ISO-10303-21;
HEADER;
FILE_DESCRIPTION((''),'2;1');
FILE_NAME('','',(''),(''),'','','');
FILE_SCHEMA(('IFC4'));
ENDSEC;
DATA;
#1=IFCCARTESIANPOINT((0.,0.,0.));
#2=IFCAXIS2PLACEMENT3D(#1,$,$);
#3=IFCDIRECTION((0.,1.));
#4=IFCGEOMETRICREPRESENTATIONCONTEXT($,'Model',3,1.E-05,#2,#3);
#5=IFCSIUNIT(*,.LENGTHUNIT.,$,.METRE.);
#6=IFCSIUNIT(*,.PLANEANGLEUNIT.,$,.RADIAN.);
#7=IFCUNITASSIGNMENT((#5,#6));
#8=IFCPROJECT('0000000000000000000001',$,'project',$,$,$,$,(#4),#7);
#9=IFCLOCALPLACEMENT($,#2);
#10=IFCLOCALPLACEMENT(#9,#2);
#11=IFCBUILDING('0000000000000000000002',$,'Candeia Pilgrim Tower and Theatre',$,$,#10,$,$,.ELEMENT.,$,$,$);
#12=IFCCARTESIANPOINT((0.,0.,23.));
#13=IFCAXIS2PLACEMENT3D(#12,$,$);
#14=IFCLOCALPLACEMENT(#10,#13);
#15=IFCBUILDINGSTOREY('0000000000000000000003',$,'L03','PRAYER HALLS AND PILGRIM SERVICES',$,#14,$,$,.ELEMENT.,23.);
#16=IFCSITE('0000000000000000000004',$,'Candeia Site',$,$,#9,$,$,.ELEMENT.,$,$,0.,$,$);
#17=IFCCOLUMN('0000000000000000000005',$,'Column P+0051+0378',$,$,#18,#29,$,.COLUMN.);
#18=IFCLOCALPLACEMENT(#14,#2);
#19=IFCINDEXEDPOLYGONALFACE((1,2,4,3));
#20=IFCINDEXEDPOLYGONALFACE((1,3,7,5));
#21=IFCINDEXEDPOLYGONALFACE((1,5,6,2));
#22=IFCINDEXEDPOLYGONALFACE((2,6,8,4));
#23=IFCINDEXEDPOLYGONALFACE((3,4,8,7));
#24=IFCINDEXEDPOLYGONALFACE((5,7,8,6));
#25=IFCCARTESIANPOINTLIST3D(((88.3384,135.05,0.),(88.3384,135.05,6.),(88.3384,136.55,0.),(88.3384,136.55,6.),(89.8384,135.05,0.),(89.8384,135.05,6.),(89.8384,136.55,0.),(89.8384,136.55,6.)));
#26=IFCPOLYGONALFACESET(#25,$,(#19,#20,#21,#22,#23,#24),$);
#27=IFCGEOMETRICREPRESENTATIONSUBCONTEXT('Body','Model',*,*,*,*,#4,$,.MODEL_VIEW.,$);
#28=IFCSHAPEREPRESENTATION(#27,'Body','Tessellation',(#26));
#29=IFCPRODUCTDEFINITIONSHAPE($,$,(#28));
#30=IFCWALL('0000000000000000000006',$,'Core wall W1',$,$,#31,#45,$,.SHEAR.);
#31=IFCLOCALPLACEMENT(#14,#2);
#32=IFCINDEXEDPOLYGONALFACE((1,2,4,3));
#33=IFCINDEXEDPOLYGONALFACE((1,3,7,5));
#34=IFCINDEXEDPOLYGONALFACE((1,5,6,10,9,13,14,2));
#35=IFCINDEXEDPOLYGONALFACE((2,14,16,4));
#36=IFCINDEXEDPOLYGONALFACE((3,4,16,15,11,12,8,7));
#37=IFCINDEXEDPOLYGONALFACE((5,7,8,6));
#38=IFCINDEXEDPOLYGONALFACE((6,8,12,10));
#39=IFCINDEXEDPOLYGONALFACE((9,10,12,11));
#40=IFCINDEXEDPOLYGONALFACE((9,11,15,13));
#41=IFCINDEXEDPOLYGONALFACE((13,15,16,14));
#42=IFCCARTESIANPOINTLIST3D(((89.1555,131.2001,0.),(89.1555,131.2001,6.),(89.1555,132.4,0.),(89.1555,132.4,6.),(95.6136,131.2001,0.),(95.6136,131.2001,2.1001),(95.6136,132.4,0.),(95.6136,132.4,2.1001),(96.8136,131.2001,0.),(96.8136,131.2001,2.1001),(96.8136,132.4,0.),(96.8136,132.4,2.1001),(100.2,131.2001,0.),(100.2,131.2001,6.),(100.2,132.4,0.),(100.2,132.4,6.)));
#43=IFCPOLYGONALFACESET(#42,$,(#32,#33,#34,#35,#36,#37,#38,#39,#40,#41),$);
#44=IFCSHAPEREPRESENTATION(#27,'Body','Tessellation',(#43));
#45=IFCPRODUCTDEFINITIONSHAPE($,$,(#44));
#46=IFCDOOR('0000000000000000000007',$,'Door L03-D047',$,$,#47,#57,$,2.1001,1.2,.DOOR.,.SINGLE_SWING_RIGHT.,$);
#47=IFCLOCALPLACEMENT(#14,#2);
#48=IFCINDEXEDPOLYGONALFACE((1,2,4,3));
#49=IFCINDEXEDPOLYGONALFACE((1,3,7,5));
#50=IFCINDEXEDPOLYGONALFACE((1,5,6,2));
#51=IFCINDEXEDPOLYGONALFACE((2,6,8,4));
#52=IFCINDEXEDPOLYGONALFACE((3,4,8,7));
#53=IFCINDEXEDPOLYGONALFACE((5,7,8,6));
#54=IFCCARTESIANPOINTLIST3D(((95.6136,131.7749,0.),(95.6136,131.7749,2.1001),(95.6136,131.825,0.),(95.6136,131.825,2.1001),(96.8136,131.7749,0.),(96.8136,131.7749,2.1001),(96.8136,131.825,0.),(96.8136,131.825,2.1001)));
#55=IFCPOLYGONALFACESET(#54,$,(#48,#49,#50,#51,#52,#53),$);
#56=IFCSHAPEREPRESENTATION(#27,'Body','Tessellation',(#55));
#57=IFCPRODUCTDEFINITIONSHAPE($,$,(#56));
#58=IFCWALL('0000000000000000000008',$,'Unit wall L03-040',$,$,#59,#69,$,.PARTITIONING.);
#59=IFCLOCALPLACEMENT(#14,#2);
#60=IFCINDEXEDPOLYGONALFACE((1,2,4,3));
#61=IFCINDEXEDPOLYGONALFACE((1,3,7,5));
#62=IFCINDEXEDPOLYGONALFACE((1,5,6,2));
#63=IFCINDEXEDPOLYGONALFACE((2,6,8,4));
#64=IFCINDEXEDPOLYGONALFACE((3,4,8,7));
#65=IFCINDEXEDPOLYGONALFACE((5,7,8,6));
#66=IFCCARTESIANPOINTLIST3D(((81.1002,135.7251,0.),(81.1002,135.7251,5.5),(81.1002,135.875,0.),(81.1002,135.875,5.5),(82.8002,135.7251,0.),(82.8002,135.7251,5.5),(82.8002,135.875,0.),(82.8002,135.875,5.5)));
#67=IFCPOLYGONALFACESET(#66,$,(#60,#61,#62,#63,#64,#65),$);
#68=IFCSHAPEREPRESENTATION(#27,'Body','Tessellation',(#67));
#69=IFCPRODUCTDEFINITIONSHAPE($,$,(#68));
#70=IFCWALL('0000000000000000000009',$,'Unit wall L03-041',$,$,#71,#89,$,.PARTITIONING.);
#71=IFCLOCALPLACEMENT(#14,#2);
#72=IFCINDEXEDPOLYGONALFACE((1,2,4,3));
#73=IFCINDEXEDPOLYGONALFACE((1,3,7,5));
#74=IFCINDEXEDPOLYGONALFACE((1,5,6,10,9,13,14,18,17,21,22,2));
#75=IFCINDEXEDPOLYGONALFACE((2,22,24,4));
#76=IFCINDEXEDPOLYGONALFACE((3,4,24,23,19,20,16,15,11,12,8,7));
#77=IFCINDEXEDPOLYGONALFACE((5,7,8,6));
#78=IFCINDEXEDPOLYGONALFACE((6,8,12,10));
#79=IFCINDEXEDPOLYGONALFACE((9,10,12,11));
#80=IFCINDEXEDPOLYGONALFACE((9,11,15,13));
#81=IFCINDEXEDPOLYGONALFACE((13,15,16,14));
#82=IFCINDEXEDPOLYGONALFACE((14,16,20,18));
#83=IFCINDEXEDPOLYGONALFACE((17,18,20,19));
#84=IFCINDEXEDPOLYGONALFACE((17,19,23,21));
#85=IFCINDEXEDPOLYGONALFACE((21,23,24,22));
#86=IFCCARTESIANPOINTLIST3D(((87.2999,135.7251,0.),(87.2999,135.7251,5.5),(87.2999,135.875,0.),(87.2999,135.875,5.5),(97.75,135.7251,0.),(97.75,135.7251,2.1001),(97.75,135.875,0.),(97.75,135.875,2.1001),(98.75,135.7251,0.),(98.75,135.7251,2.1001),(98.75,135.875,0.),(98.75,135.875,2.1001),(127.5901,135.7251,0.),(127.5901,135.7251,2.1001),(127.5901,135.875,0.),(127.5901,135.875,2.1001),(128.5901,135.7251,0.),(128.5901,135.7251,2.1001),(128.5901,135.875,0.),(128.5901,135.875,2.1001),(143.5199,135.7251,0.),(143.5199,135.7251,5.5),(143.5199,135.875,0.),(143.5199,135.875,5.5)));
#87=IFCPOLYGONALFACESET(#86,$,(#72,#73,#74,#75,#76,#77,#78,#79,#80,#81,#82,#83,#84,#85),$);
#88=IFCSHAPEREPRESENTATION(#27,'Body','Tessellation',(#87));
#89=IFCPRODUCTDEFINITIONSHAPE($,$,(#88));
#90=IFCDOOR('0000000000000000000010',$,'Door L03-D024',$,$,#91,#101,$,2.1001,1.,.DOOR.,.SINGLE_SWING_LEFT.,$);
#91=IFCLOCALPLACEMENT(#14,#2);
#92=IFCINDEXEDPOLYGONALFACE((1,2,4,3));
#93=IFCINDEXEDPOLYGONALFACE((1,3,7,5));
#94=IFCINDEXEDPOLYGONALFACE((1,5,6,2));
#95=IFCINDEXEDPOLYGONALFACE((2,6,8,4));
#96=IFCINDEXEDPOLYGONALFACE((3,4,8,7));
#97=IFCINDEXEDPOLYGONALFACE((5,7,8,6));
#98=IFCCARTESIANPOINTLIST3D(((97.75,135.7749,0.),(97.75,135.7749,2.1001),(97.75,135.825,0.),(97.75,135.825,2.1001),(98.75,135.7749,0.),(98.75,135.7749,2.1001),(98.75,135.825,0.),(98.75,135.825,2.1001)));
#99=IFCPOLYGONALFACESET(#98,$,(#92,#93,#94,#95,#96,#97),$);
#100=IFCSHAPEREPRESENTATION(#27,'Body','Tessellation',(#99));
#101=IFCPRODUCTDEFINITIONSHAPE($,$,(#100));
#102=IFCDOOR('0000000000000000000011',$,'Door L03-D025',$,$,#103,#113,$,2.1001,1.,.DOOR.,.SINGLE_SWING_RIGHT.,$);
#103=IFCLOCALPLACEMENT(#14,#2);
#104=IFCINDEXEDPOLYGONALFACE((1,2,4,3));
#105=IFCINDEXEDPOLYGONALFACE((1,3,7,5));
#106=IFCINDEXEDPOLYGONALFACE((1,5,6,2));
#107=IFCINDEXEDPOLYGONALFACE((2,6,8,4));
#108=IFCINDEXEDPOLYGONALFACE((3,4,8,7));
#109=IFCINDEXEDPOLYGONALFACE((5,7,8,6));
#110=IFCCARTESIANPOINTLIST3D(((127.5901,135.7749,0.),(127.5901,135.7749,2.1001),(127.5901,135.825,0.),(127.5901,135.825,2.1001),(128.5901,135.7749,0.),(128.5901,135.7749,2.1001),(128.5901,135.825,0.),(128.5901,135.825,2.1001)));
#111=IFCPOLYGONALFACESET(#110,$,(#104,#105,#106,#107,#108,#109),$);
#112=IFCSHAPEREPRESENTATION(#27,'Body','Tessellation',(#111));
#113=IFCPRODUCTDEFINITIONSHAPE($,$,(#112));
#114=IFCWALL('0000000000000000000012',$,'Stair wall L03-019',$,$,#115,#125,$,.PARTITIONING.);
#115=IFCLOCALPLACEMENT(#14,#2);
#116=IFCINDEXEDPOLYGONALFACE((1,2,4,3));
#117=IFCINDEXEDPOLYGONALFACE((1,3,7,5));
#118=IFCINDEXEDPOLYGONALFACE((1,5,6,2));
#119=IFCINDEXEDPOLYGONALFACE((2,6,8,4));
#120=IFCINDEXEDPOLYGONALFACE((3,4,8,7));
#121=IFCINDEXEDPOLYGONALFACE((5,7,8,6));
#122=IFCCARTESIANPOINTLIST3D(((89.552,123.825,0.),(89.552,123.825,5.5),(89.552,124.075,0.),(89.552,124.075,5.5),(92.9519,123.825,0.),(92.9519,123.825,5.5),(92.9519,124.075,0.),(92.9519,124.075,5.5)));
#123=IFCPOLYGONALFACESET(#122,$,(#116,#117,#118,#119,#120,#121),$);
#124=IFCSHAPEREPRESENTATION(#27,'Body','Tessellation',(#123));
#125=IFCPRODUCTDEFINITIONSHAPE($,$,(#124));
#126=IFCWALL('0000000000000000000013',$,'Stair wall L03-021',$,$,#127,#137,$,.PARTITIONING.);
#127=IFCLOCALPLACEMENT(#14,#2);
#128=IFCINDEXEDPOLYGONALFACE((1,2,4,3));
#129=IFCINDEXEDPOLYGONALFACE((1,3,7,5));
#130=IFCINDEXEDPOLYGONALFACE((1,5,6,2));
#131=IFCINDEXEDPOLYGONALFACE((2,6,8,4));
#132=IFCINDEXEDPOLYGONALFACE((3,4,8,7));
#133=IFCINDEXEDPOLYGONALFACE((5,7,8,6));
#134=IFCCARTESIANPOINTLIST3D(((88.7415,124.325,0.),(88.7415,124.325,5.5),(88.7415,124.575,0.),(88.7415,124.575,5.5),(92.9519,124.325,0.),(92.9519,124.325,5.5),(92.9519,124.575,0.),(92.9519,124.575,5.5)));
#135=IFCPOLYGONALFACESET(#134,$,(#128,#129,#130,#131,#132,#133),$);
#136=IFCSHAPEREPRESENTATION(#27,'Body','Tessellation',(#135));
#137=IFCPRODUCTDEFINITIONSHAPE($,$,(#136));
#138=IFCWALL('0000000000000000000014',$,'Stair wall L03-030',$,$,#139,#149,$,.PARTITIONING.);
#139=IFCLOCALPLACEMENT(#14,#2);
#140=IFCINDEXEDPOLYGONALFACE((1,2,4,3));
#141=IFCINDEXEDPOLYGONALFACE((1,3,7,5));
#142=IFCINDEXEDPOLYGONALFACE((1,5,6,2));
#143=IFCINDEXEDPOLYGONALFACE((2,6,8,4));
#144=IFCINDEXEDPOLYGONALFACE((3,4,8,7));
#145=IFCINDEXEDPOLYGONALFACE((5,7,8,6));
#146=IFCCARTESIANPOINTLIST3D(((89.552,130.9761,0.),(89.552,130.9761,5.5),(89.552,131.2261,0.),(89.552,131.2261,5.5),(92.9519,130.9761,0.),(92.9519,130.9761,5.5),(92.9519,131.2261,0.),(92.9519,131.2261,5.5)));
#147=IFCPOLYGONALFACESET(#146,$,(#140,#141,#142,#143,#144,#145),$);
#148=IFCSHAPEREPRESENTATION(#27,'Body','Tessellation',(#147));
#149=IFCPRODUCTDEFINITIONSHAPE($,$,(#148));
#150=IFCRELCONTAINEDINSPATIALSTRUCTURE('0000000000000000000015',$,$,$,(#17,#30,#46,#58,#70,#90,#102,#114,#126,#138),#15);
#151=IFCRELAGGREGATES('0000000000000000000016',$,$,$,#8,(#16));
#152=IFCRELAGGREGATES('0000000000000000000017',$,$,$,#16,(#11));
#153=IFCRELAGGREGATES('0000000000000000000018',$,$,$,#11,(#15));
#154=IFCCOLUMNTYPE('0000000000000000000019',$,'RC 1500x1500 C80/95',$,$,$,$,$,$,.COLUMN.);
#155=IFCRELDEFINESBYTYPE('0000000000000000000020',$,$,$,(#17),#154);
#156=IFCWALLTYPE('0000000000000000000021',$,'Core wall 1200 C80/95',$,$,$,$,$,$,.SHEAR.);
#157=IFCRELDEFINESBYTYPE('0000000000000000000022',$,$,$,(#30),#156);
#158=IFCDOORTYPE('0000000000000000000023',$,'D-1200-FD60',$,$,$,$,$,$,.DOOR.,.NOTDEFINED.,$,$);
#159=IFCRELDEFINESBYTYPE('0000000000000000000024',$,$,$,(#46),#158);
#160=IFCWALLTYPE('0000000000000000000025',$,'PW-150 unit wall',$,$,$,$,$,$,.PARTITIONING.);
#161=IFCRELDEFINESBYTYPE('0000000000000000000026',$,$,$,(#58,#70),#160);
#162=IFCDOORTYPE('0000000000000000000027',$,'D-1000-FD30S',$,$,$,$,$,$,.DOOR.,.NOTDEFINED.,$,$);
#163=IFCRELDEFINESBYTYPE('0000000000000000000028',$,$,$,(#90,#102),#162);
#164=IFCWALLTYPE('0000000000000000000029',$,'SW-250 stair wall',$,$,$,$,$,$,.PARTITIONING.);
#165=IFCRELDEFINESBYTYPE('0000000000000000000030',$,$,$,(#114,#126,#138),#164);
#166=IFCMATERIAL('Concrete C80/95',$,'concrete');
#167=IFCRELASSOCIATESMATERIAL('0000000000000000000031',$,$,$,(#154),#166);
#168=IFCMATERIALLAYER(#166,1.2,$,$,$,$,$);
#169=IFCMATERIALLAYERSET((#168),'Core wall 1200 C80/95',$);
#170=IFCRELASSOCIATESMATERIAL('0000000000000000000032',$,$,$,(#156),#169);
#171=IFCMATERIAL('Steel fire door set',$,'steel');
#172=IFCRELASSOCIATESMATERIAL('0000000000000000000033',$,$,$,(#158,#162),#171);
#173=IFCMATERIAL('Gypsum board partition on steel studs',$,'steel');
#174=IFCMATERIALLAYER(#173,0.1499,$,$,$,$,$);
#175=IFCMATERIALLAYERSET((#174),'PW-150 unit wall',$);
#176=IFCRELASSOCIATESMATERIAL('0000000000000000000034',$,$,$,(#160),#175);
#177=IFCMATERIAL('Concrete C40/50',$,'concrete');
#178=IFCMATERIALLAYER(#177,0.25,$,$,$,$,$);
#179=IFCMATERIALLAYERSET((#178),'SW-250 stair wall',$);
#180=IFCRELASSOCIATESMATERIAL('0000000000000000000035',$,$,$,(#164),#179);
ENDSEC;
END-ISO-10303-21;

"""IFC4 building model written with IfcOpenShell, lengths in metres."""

from ifc_helpers import new_model, si_unit, direction, frame, frame_2d, origin, origin_2d, place, context, subcontext, project, spatial, rectangle, extrude, material, layer, layer_set, material_profile, profile_set, type_object, element, fill, save


model = new_model("IFC4")

# Units and contexts
model_context = context("Model", 3, precision=1e-05, world=origin(), true_north=direction((0.0, 1.0)))
body_context = subcontext(model_context, "Body", "Model", "MODEL_VIEW")
ifc_project = project(units=[si_unit("LENGTHUNIT", "METRE"), si_unit("PLANEANGLEUNIT", "RADIAN")], contexts=[model_context])

# Site, building, storey
site_placement = place(None, origin())
site = spatial("IfcSite", under=ifc_project, at=site_placement, Name="Candeia Site", CompositionType="ELEMENT", RefElevation=0.0)
building_placement = place(site_placement, origin())
building = spatial("IfcBuilding", under=site, at=building_placement, Name="Candeia Pilgrim Tower and Theatre", CompositionType="ELEMENT")
storey_placement = place(building_placement, frame((0.0, 0.0, 23.0)))
storey = spatial("IfcBuildingStorey", under=building, at=storey_placement, Name="L03", Description="PRAYER HALLS AND PILGRIM SERVICES", CompositionType="ELEMENT", Elevation=23.0)

# Column
ifc_material_1 = material(Name="Concrete C80/95", Category="concrete")
ifc_material_profile = material_profile(ifc_material_1, rectangle(XDim=1.5, YDim=1.5, at=origin_2d()))
ifc_profile_set = profile_set([ifc_material_profile], Name="Concrete C80/95")
column_type = type_object("IfcColumnType", Name="RC 1500x1500 C80/95", PredefinedType="COLUMN", material=ifc_profile_set)
column_placement = place(storey_placement, frame((89.0884, 135.8, 0.0), z_axis=(0.0, 0.0, 1.0), x_axis=(1.0, 0.0, 0.0)))
element("IfcColumn", 1, at=column_placement, inside=storey, type_object=column_type, Name="Column P+0051+0378", PredefinedType="COLUMN", context=body_context, shape_type="SweptSolid", body=[
    extrude(rectangle(XDim=1.5, YDim=1.5, at=origin_2d()), origin(), (0.0, 0.0, 1.0), 6.0),
])

# Wall, opening, door
ifc_layer_1 = layer(ifc_material_1, 1.2)
ifc_layer_set_1 = layer_set([ifc_layer_1], Name="Core wall 1200 C80/95")
wall_type_1 = type_object("IfcWallType", Name="Core wall 1200 C80/95", PredefinedType="SHEAR", material=ifc_layer_set_1)
wall_1_placement = place(storey_placement, frame((89.1555, 131.8, 0.0), z_axis=(0.0, 0.0, 1.0), x_axis=(1.0, 0.0, 0.0)))
wall_1 = element("IfcWall", 2, at=wall_1_placement, inside=storey, type_object=wall_type_1, Name="Core wall W1", PredefinedType="SHEAR", context=body_context, shape_type="SweptSolid", body=[
    extrude(rectangle(XDim=11.0444, YDim=1.2, at=frame_2d((5.5222, 0.0))), origin(), (0.0, 0.0, 1.0), 6.0),
])
opening_1_placement = place(wall_1_placement, frame((6.458, 0.0, 0.0)))
opening_1 = element("IfcOpeningElement", 3, at=opening_1_placement, cuts=wall_1, PredefinedType="OPENING", context=body_context, shape_type="SweptSolid", body=[
    extrude(rectangle(XDim=1.2, YDim=2.1001, at=frame_2d((0.6001, 1.05))), frame((0.0, 0.6099, 0.0), z_axis=(0.0, -1.0, 0.0), x_axis=(1.0, 0.0, 0.0)), (0.0, 0.0, 1.0), 1.22),
])
ifc_material_2 = material(Name="Steel fire door set", Category="steel")
door_type_1 = type_object("IfcDoorType", Name="D-1200-FD60", OperationType="NOTDEFINED", PredefinedType="DOOR", material=ifc_material_2)
door_1_placement = place(opening_1_placement, origin())
door_1 = element("IfcDoor", 4, at=door_1_placement, inside=storey, type_object=door_type_1, Name="Door L03-D047", OperationType="SINGLE_SWING_RIGHT", OverallHeight=2.1001, OverallWidth=1.2, PredefinedType="DOOR", context=body_context, shape_type="SweptSolid", body=[
    extrude(rectangle(XDim=1.2, YDim=2.1001, at=frame_2d((0.6001, 1.05))), frame((0.0, 0.0249, 0.0), z_axis=(0.0, -1.0, 0.0), x_axis=(1.0, 0.0, 0.0)), (0.0, 0.0, 1.0), 0.05),
])
fill(opening_1, door_1)

# Wall
ifc_material_3 = material(Name="Gypsum board partition on steel studs", Category="steel")
ifc_layer_2 = layer(ifc_material_3, 0.1499)
ifc_layer_set_2 = layer_set([ifc_layer_2], Name="PW-150 unit wall")
wall_type_2 = type_object("IfcWallType", Name="PW-150 unit wall", PredefinedType="PARTITIONING", material=ifc_layer_set_2)
wall_2_placement = place(storey_placement, frame((81.1001, 135.8, 0.0), z_axis=(0.0, 0.0, 1.0), x_axis=(1.0, 0.0, 0.0)))
element("IfcWall", 5, at=wall_2_placement, inside=storey, type_object=wall_type_2, Name="Unit wall L03-040", PredefinedType="PARTITIONING", context=body_context, shape_type="SweptSolid", body=[
    extrude(rectangle(XDim=1.7, YDim=0.1499, at=frame_2d((0.8501, 0.0))), origin(), (0.0, 0.0, 1.0), 5.5),
])

# Wall, openings, doors
wall_3_placement = place(storey_placement, frame((87.3, 135.8, 0.0), z_axis=(0.0, 0.0, 1.0), x_axis=(1.0, 0.0, 0.0)))
wall_3 = element("IfcWall", 6, at=wall_3_placement, inside=storey, type_object=wall_type_2, Name="Unit wall L03-041", PredefinedType="PARTITIONING", context=body_context, shape_type="SweptSolid", body=[
    extrude(rectangle(XDim=56.22, YDim=0.1499, at=frame_2d((28.1099, 0.0))), origin(), (0.0, 0.0, 1.0), 5.5),
])
opening_2_placement = place(wall_3_placement, frame((10.45, 0.0, 0.0)))
opening_2 = element("IfcOpeningElement", 7, at=opening_2_placement, cuts=wall_3, PredefinedType="OPENING", context=body_context, shape_type="SweptSolid", body=[
    extrude(rectangle(XDim=1.0, YDim=2.1001, at=frame_2d((0.5, 1.05))), frame((0.0, 0.085, 0.0), z_axis=(0.0, -1.0, 0.0), x_axis=(1.0, 0.0, 0.0)), (0.0, 0.0, 1.0), 0.1699),
])
opening_3_placement = place(wall_3_placement, frame((40.29, 0.0, 0.0)))
opening_3 = element("IfcOpeningElement", 8, at=opening_3_placement, cuts=wall_3, PredefinedType="OPENING", context=body_context, shape_type="SweptSolid", body=[
    extrude(rectangle(XDim=1.0, YDim=2.1001, at=frame_2d((0.5, 1.05))), frame((0.0, 0.085, 0.0), z_axis=(0.0, -1.0, 0.0), x_axis=(1.0, 0.0, 0.0)), (0.0, 0.0, 1.0), 0.1699),
])
door_type_2 = type_object("IfcDoorType", Name="D-1000-FD30S", OperationType="NOTDEFINED", PredefinedType="DOOR", material=ifc_material_2)
door_2_placement = place(opening_2_placement, origin())
door_2 = element("IfcDoor", 9, at=door_2_placement, inside=storey, type_object=door_type_2, Name="Door L03-D024", OperationType="SINGLE_SWING_LEFT", OverallHeight=2.1001, OverallWidth=1.0, PredefinedType="DOOR", context=body_context, shape_type="SweptSolid", body=[
    extrude(rectangle(XDim=1.0, YDim=2.1001, at=frame_2d((0.5, 1.05))), frame((0.0, 0.0249, 0.0), z_axis=(0.0, -1.0, 0.0), x_axis=(1.0, 0.0, 0.0)), (0.0, 0.0, 1.0), 0.05),
])
fill(opening_2, door_2)
door_3_placement = place(opening_3_placement, origin())
door_3 = element("IfcDoor", 10, at=door_3_placement, inside=storey, type_object=door_type_2, Name="Door L03-D025", OperationType="SINGLE_SWING_RIGHT", OverallHeight=2.1001, OverallWidth=1.0, PredefinedType="DOOR", context=body_context, shape_type="SweptSolid", body=[
    extrude(rectangle(XDim=1.0, YDim=2.1001, at=frame_2d((0.5, 1.05))), frame((0.0, 0.0249, 0.0), z_axis=(0.0, -1.0, 0.0), x_axis=(1.0, 0.0, 0.0)), (0.0, 0.0, 1.0), 0.05),
])
fill(opening_3, door_3)

# Walls
ifc_material_4 = material(Name="Concrete C40/50", Category="concrete")
ifc_layer_3 = layer(ifc_material_4, 0.25)
ifc_layer_set_3 = layer_set([ifc_layer_3], Name="SW-250 stair wall")
wall_type_3 = type_object("IfcWallType", Name="SW-250 stair wall", PredefinedType="PARTITIONING", material=ifc_layer_set_3)
wall_4_placement = place(storey_placement, frame((89.552, 123.95, 0.0), z_axis=(0.0, 0.0, 1.0), x_axis=(1.0, 0.0, 0.0)))
element("IfcWall", 11, at=wall_4_placement, inside=storey, type_object=wall_type_3, Name="Stair wall L03-019", PredefinedType="PARTITIONING", context=body_context, shape_type="SweptSolid", body=[
    extrude(rectangle(XDim=3.3999, YDim=0.25, at=frame_2d((1.7, 0.0))), origin(), (0.0, 0.0, 1.0), 5.5),
])
wall_5_placement = place(storey_placement, frame((88.7415, 124.45, 0.0), z_axis=(0.0, 0.0, 1.0), x_axis=(1.0, 0.0, 0.0)))
element("IfcWall", 12, at=wall_5_placement, inside=storey, type_object=wall_type_3, Name="Stair wall L03-021", PredefinedType="PARTITIONING", context=body_context, shape_type="SweptSolid", body=[
    extrude(rectangle(XDim=4.2104, YDim=0.25, at=frame_2d((2.1052, 0.0))), origin(), (0.0, 0.0, 1.0), 5.5),
])
wall_6_placement = place(storey_placement, frame((89.552, 131.1011, 0.0), z_axis=(0.0, 0.0, 1.0), x_axis=(1.0, 0.0, 0.0)))
element("IfcWall", 13, at=wall_6_placement, inside=storey, type_object=wall_type_3, Name="Stair wall L03-030", PredefinedType="PARTITIONING", context=body_context, shape_type="SweptSolid", body=[
    extrude(rectangle(XDim=3.3999, YDim=0.25, at=frame_2d((1.7, 0.0))), origin(), (0.0, 0.0, 1.0), 5.5),
])

save(model, "model.ifc")
